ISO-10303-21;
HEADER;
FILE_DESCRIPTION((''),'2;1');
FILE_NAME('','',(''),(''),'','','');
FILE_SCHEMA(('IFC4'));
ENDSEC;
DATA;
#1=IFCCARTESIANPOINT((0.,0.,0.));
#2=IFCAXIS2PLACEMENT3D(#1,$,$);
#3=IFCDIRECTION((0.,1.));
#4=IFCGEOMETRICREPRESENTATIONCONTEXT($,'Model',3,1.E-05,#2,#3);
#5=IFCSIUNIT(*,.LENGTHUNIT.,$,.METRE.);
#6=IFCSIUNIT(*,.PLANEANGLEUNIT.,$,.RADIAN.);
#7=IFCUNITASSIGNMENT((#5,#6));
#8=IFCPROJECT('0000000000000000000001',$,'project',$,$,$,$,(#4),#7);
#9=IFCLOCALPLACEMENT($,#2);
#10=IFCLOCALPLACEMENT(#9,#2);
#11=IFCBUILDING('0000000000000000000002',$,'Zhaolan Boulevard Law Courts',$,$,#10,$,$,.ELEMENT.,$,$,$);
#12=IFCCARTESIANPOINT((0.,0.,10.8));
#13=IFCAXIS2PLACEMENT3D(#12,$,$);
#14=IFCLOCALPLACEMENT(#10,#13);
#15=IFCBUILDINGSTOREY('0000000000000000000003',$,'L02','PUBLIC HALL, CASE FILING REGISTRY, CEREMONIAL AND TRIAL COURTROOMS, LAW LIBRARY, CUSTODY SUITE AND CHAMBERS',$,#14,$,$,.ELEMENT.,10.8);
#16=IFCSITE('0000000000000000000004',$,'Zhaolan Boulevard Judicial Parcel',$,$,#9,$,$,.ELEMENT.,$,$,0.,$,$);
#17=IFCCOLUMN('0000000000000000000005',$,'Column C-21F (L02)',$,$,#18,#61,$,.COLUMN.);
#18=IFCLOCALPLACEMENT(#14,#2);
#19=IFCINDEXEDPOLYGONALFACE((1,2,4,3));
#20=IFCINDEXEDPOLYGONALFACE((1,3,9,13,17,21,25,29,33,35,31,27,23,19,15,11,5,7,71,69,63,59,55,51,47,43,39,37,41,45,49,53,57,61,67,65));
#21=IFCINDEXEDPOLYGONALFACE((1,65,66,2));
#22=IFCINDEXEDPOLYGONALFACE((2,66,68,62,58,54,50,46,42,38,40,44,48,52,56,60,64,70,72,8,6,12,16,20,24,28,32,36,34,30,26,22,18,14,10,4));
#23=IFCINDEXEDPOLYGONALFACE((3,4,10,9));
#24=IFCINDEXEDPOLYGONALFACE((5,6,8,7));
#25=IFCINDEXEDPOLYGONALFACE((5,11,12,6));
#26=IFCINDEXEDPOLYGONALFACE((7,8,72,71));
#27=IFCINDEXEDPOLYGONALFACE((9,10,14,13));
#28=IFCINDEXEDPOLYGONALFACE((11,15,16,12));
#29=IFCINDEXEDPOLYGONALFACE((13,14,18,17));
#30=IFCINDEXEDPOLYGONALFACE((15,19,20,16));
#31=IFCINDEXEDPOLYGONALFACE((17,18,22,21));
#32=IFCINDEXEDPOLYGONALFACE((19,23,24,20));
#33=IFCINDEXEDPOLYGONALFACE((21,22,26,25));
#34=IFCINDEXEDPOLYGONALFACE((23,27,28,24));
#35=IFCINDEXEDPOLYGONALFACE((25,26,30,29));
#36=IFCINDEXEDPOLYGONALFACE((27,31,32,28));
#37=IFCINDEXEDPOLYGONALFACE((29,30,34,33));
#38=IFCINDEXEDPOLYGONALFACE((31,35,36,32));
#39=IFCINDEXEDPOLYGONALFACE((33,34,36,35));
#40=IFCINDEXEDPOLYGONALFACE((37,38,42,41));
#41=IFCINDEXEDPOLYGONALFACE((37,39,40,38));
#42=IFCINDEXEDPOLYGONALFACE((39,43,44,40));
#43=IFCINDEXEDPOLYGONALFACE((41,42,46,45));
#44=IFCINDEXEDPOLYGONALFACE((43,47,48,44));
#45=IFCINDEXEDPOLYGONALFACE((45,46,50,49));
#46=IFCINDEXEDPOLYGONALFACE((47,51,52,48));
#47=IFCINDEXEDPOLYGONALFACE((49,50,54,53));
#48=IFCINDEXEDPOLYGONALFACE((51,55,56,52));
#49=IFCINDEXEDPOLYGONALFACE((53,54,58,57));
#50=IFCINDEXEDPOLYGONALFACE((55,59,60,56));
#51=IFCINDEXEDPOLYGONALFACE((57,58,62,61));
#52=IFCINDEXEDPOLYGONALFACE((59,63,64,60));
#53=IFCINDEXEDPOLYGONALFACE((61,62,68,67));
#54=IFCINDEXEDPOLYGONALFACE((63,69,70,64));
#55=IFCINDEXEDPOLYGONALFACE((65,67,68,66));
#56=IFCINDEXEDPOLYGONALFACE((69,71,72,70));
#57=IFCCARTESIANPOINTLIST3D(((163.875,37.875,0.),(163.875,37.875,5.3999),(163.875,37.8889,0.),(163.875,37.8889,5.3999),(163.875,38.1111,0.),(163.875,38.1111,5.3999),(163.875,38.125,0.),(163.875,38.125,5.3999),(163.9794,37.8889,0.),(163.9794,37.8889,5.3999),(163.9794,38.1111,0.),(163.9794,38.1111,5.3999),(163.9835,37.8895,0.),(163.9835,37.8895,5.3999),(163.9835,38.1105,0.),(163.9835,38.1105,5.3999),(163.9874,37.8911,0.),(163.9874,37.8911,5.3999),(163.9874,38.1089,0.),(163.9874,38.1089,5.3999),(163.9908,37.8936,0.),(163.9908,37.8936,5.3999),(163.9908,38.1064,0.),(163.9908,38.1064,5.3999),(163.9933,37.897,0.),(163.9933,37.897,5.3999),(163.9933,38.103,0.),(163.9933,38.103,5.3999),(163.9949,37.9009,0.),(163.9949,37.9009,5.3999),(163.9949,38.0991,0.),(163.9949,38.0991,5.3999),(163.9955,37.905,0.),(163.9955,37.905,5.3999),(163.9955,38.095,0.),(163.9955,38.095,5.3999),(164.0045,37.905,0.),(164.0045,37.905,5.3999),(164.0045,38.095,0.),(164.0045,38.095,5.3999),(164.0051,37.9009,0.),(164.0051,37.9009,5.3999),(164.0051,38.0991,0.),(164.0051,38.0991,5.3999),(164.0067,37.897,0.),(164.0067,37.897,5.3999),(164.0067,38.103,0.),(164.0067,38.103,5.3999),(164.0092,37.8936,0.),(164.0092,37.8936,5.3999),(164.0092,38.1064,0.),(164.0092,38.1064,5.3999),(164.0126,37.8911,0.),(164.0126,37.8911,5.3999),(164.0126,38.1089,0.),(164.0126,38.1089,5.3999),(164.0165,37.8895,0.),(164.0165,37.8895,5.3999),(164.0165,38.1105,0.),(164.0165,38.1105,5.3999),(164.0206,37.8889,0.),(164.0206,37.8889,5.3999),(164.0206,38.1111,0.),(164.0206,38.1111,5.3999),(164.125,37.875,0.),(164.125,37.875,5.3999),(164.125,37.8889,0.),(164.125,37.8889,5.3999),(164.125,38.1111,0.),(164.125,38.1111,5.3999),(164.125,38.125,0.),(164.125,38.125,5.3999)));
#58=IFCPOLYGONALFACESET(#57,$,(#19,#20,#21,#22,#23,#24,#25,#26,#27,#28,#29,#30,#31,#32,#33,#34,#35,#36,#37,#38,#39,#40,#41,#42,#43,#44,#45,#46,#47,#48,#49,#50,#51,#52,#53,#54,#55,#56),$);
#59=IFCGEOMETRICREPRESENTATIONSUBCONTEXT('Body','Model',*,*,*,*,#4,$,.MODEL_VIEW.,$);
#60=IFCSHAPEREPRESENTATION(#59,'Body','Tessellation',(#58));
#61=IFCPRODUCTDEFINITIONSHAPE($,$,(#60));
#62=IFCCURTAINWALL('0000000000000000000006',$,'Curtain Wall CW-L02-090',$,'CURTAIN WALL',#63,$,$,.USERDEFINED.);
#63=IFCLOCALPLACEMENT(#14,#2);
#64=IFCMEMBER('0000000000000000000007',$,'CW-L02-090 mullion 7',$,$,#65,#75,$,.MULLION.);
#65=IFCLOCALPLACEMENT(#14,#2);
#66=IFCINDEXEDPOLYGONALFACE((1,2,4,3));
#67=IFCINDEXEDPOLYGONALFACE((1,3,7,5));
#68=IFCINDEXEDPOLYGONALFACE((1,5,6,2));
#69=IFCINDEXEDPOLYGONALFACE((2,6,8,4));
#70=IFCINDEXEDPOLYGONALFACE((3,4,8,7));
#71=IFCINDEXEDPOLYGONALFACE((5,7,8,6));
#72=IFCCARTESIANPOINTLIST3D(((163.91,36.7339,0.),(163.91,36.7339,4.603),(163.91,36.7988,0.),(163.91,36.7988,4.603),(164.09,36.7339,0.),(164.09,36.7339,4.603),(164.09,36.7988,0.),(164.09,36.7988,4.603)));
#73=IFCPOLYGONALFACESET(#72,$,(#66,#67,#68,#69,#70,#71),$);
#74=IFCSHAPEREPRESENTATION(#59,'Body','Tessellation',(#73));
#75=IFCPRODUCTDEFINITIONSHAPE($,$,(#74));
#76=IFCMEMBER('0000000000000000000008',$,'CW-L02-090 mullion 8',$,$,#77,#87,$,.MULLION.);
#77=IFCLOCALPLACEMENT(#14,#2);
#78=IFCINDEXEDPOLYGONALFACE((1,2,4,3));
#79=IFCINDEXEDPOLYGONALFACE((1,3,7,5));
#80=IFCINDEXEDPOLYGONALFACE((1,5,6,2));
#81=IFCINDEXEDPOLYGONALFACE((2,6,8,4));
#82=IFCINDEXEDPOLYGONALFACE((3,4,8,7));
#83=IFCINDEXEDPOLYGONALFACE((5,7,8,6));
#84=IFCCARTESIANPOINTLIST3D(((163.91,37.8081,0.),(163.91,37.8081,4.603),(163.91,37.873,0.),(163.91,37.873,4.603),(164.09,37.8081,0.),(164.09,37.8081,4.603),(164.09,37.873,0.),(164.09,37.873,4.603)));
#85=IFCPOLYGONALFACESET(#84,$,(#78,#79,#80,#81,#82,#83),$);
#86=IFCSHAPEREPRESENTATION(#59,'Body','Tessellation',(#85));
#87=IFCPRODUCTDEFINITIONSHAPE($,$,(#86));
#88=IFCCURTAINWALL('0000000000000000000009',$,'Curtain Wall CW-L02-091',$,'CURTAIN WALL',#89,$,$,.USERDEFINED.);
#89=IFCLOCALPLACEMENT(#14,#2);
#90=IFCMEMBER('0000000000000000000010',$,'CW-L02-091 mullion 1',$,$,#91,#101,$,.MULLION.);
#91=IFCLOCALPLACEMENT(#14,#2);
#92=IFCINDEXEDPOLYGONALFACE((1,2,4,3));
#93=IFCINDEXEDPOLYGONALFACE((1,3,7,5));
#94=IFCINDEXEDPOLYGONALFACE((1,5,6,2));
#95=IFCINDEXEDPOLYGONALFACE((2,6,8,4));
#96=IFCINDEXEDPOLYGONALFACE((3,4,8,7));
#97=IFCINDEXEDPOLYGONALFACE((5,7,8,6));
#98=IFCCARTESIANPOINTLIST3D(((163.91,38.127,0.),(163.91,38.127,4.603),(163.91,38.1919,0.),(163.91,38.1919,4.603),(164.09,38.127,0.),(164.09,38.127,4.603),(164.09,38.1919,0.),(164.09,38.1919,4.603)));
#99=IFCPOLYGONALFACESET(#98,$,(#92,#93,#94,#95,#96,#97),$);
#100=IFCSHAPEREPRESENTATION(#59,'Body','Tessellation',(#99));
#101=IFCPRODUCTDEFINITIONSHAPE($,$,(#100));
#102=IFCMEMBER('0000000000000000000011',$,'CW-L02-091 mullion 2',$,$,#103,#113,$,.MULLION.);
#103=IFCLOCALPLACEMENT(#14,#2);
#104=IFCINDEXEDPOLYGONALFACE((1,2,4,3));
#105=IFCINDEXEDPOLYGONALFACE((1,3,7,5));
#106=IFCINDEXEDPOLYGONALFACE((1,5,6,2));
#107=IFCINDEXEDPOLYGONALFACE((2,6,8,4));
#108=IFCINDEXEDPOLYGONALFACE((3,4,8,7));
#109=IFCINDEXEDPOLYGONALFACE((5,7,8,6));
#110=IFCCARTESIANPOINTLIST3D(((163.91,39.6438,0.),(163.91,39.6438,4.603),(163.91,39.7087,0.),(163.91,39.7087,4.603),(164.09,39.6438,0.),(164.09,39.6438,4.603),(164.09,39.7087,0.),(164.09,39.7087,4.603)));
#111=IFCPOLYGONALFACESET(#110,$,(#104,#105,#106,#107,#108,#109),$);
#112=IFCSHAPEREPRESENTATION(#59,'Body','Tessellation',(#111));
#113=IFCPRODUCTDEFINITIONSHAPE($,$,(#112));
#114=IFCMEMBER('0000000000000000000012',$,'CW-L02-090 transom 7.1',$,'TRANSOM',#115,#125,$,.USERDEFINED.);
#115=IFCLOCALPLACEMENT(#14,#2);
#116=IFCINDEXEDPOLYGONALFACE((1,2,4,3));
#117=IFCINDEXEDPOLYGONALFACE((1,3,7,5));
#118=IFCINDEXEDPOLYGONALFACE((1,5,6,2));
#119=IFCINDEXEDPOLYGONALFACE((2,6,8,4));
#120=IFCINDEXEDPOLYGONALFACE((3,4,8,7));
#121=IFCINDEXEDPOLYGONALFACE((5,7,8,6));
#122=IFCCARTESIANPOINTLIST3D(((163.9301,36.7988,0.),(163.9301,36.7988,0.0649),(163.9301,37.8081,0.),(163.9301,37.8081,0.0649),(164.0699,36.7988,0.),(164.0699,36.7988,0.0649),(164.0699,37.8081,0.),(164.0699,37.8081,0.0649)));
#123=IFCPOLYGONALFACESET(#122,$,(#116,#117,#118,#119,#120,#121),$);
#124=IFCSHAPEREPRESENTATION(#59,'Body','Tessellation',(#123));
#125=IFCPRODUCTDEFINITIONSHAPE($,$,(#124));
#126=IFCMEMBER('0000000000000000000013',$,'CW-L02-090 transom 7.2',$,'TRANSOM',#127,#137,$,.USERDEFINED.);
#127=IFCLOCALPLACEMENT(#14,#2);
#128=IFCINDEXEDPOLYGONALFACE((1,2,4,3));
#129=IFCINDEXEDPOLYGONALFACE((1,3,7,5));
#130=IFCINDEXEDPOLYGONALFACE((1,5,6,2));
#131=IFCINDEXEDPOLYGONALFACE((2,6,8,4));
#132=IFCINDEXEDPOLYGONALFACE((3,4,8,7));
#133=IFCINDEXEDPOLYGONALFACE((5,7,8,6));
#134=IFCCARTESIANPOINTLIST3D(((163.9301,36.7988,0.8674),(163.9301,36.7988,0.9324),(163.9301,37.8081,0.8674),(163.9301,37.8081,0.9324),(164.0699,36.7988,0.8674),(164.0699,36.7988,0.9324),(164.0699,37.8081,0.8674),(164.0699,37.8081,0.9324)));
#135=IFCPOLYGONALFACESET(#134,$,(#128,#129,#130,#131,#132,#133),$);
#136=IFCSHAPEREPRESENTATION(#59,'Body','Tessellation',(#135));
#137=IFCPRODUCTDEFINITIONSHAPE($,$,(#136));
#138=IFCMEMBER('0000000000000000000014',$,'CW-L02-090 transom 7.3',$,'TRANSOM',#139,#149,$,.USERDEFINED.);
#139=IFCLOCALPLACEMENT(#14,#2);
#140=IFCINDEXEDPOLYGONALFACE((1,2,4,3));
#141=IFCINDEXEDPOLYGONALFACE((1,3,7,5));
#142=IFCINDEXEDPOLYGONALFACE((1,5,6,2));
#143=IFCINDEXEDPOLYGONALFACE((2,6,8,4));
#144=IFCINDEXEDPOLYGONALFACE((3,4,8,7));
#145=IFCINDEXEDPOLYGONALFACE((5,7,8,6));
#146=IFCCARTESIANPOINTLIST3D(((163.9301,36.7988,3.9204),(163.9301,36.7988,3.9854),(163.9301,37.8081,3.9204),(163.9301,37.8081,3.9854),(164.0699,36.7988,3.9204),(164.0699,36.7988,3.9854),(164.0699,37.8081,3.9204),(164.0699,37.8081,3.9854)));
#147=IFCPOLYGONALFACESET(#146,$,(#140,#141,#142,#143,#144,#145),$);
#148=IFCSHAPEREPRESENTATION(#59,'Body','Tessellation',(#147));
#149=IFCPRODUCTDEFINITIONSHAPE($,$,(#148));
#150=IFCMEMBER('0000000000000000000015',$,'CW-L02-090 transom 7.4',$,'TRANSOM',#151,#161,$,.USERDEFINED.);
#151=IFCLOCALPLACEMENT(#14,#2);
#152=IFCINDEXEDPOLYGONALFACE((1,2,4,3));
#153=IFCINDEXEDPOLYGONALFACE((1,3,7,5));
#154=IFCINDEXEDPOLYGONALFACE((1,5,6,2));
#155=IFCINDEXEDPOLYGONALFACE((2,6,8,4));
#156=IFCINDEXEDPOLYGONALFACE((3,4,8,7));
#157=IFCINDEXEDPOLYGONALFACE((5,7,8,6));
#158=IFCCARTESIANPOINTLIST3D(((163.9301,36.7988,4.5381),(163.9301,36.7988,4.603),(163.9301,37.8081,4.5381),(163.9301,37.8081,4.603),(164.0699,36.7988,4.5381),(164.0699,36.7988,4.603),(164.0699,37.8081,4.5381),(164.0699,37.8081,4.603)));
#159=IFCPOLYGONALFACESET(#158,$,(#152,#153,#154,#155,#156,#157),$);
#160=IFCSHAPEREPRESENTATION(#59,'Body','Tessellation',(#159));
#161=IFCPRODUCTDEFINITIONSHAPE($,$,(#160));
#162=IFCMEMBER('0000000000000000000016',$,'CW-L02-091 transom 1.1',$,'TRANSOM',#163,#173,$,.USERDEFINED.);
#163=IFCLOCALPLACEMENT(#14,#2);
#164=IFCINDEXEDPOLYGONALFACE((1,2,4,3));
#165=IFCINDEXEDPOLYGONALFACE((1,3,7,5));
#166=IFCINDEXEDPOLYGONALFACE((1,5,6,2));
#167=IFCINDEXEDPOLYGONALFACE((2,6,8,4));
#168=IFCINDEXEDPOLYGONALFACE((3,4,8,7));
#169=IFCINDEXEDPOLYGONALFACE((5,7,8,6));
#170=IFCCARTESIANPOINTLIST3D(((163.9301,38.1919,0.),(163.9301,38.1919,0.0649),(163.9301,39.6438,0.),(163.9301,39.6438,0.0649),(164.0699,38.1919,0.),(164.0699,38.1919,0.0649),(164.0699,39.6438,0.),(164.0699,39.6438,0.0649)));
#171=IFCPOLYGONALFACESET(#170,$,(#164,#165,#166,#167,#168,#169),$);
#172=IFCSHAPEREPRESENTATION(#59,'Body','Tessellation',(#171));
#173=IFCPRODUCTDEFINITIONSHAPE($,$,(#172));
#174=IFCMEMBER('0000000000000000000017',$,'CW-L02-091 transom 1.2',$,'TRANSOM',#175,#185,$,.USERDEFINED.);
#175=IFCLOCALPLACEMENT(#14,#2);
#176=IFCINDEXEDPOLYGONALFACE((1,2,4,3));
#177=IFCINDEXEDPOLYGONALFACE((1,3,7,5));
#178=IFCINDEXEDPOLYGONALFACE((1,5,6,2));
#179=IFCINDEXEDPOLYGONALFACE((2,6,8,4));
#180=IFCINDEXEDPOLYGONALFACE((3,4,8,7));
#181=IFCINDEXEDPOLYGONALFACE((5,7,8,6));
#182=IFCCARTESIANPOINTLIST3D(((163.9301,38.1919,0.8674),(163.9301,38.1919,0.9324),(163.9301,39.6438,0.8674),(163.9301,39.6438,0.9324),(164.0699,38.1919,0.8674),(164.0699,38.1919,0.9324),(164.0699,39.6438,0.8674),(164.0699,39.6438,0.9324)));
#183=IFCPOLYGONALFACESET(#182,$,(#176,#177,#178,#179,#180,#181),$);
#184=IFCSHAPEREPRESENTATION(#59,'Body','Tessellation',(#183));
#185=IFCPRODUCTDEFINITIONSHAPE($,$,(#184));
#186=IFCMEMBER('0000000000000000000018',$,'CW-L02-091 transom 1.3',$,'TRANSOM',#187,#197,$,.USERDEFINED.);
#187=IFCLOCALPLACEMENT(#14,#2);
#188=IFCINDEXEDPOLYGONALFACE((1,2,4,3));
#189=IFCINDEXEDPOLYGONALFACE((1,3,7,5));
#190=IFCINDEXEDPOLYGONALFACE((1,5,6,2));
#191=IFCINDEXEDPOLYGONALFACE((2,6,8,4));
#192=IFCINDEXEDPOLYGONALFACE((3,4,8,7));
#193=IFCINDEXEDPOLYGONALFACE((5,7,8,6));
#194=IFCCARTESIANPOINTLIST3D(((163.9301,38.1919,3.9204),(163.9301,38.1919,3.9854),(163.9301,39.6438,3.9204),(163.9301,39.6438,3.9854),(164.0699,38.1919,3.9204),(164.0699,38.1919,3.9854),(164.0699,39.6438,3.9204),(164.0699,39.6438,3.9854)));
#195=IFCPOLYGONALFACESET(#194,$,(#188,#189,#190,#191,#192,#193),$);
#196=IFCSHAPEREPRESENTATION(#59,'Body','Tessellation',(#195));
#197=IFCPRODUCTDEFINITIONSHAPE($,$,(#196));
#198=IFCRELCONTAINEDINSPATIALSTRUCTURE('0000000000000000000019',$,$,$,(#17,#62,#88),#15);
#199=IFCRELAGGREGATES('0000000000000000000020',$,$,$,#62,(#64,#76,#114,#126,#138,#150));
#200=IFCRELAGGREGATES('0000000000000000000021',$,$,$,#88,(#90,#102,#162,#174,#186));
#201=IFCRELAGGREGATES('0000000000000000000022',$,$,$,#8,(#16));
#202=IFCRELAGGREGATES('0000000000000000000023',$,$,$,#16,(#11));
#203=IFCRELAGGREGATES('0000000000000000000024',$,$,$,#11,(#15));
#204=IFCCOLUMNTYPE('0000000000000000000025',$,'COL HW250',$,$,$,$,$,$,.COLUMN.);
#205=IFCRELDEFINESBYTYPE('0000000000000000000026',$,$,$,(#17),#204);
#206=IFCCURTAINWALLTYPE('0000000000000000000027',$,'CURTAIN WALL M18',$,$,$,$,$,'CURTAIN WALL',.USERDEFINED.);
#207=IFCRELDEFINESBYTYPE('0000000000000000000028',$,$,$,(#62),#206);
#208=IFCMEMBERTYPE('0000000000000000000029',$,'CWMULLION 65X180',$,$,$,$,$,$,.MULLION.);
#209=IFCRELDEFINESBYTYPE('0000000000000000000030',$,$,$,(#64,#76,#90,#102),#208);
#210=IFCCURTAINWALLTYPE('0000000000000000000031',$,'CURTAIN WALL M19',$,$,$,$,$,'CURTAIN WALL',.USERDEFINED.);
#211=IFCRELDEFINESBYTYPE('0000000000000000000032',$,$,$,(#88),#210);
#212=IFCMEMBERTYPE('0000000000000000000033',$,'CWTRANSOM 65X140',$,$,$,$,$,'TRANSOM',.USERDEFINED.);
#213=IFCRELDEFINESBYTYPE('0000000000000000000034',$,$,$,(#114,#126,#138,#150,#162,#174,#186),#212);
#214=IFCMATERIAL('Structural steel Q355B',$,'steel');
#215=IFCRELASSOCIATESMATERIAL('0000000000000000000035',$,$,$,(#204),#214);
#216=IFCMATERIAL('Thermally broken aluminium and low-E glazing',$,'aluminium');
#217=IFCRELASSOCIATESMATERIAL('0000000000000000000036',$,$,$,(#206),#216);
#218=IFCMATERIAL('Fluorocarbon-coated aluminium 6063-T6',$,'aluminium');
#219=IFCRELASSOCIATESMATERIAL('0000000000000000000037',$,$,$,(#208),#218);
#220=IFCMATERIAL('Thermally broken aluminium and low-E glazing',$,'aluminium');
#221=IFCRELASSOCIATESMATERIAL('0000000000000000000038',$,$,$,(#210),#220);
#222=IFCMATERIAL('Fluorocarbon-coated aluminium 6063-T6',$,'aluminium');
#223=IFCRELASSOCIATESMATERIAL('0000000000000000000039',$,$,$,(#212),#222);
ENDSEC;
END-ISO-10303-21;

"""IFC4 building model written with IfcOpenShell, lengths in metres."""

from ifc_helpers import new_model, si_unit, direction, frame, origin, origin_2d, place, context, subcontext, project, spatial, rectangle, i_section, extrude, material, material_profile, profile_set, type_object, element, aggregate, save


model = new_model("IFC4")

# Units and contexts
model_context = context("Model", 3, precision=1e-05, world=origin(), true_north=direction((0.0, 1.0)))
body_context = subcontext(model_context, "Body", "Model", "MODEL_VIEW")
ifc_project = project(units=[si_unit("LENGTHUNIT", "METRE"), si_unit("PLANEANGLEUNIT", "RADIAN")], contexts=[model_context])

# Site, building, storey
site_placement = place(None, origin())
site = spatial("IfcSite", under=ifc_project, at=site_placement, Name="Zhaolan Boulevard Judicial Parcel", CompositionType="ELEMENT", RefElevation=0.0)
building_placement = place(site_placement, origin())
building = spatial("IfcBuilding", under=site, at=building_placement, Name="Zhaolan Boulevard Law Courts", CompositionType="ELEMENT")
storey_placement = place(building_placement, frame((0.0, 0.0, 10.8)))
storey = spatial("IfcBuildingStorey", under=building, at=storey_placement, Name="L02", Description="PUBLIC HALL, CASE FILING REGISTRY, CEREMONIAL AND TRIAL COURTROOMS, LAW LIBRARY, CUSTODY SUITE AND CHAMBERS", CompositionType="ELEMENT", Elevation=10.8)

# Column
ifc_material_1 = material(Name="Structural steel Q355B", Category="steel")
ifc_material_profile_1 = material_profile(ifc_material_1, i_section(OverallWidth=0.25, OverallDepth=0.25, WebThickness=0.009, FlangeThickness=0.0139, FilletRadius=0.0161, at=origin_2d()), Name="HW250x250")
ifc_profile_set_1 = profile_set([ifc_material_profile_1], Name="Structural steel Q355B")
column_type = type_object("IfcColumnType", Name="COL HW250", PredefinedType="COLUMN", material=ifc_profile_set_1)
column_placement = place(storey_placement, frame((164.0, 38.0, 0.0), z_axis=(0.0, 0.0, 1.0), x_axis=(1.0, 0.0, 0.0)))
element("IfcColumn", 1, at=column_placement, inside=storey, type_object=column_type, Name="Column C-21F (L02)", PredefinedType="COLUMN", context=body_context, shape_type="SweptSolid", body=[
    extrude(i_section(OverallWidth=0.25, OverallDepth=0.25, WebThickness=0.009, FlangeThickness=0.0139, FilletRadius=0.0161, at=origin_2d()), origin(), (0.0, 0.0, 1.0), 5.3999),
])

# Curtain walls, members
ifc_material_2 = material(Name="Thermally broken aluminium and low-E glazing", Category="aluminium")
curtain_wall_type_1 = type_object("IfcCurtainWallType", Name="CURTAIN WALL M18", ElementType="CURTAIN WALL", PredefinedType="USERDEFINED", material=ifc_material_2)
curtain_wall_1_placement = place(storey_placement, origin())
curtain_wall_1 = element("IfcCurtainWall", 2, at=curtain_wall_1_placement, inside=storey, type_object=curtain_wall_type_1, Name="Curtain Wall CW-L02-090", ObjectType="CURTAIN WALL", PredefinedType="USERDEFINED")
ifc_material_3 = material(Name="Fluorocarbon-coated aluminium 6063-T6", Category="aluminium")
ifc_material_profile_2 = material_profile(ifc_material_3, rectangle(XDim=0.1799, YDim=0.0649, at=origin_2d()), Name="AL65x180")
ifc_profile_set_2 = profile_set([ifc_material_profile_2], Name="Fluorocarbon-coated aluminium 6063-T6")
member_type_1 = type_object("IfcMemberType", Name="CWMULLION 65X180", PredefinedType="MULLION", material=ifc_profile_set_2)
member_1_placement = place(storey_placement, frame((164.0, 36.7664, 0.0), z_axis=(0.0, 0.0, 1.0), x_axis=(-1.0, 0.0, 0.0)))
member_1 = element("IfcMember", 3, at=member_1_placement, type_object=member_type_1, Name="CW-L02-090 mullion 7", PredefinedType="MULLION", context=body_context, shape_type="SweptSolid", body=[
    extrude(rectangle(XDim=0.1799, YDim=0.0649, at=origin_2d()), origin(), (0.0, 0.0, 1.0), 4.603),
])
member_2_placement = place(storey_placement, frame((164.0, 37.8406, 0.0), z_axis=(0.0, 0.0, 1.0), x_axis=(-1.0, 0.0, 0.0)))
member_2 = element("IfcMember", 4, at=member_2_placement, type_object=member_type_1, Name="CW-L02-090 mullion 8", PredefinedType="MULLION", context=body_context, shape_type="SweptSolid", body=[
    extrude(rectangle(XDim=0.1799, YDim=0.0649, at=origin_2d()), origin(), (0.0, 0.0, 1.0), 4.603),
])
ifc_material_4 = material(Name="Thermally broken aluminium and low-E glazing", Category="aluminium")
curtain_wall_type_2 = type_object("IfcCurtainWallType", Name="CURTAIN WALL M19", ElementType="CURTAIN WALL", PredefinedType="USERDEFINED", material=ifc_material_4)
curtain_wall_2_placement = place(storey_placement, origin())
curtain_wall_2 = element("IfcCurtainWall", 5, at=curtain_wall_2_placement, inside=storey, type_object=curtain_wall_type_2, Name="Curtain Wall CW-L02-091", ObjectType="CURTAIN WALL", PredefinedType="USERDEFINED")
member_3_placement = place(storey_placement, frame((164.0, 38.1594, 0.0), z_axis=(0.0, 0.0, 1.0), x_axis=(-1.0, 0.0, 0.0)))
member_3 = element("IfcMember", 6, at=member_3_placement, type_object=member_type_1, Name="CW-L02-091 mullion 1", PredefinedType="MULLION", context=body_context, shape_type="SweptSolid", body=[
    extrude(rectangle(XDim=0.1799, YDim=0.0649, at=origin_2d()), origin(), (0.0, 0.0, 1.0), 4.603),
])
member_4_placement = place(storey_placement, frame((164.0, 39.6763, 0.0), z_axis=(0.0, 0.0, 1.0), x_axis=(-1.0, 0.0, 0.0)))
member_4 = element("IfcMember", 7, at=member_4_placement, type_object=member_type_1, Name="CW-L02-091 mullion 2", PredefinedType="MULLION", context=body_context, shape_type="SweptSolid", body=[
    extrude(rectangle(XDim=0.1799, YDim=0.0649, at=origin_2d()), origin(), (0.0, 0.0, 1.0), 4.603),
])

# Members
ifc_material_5 = material(Name="Fluorocarbon-coated aluminium 6063-T6", Category="aluminium")
ifc_material_profile_3 = material_profile(ifc_material_5, rectangle(XDim=0.1399, YDim=0.0649, at=origin_2d()), Name="AL65x140")
ifc_profile_set_3 = profile_set([ifc_material_profile_3], Name="Fluorocarbon-coated aluminium 6063-T6")
member_type_2 = type_object("IfcMemberType", Name="CWTRANSOM 65X140", ElementType="TRANSOM", PredefinedType="USERDEFINED", material=ifc_profile_set_3)
member_5_placement = place(storey_placement, frame((164.0, 36.7988, 0.0325), z_axis=(0.0, 1.0, 0.0), x_axis=(-1.0, 0.0, 0.0)))
member_5 = element("IfcMember", 8, at=member_5_placement, type_object=member_type_2, Name="CW-L02-090 transom 7.1", ObjectType="TRANSOM", PredefinedType="USERDEFINED", context=body_context, shape_type="SweptSolid", body=[
    extrude(rectangle(XDim=0.1399, YDim=0.0649, at=origin_2d()), origin(), (0.0, 0.0, 1.0), 1.0093),
])
member_6_placement = place(storey_placement, frame((164.0, 36.7988, 0.8999), z_axis=(0.0, 1.0, 0.0), x_axis=(-1.0, 0.0, 0.0)))
member_6 = element("IfcMember", 9, at=member_6_placement, type_object=member_type_2, Name="CW-L02-090 transom 7.2", ObjectType="TRANSOM", PredefinedType="USERDEFINED", context=body_context, shape_type="SweptSolid", body=[
    extrude(rectangle(XDim=0.1399, YDim=0.0649, at=origin_2d()), origin(), (0.0, 0.0, 1.0), 1.0093),
])
member_7_placement = place(storey_placement, frame((164.0, 36.7988, 3.9529), z_axis=(0.0, 1.0, 0.0), x_axis=(-1.0, 0.0, 0.0)))
member_7 = element("IfcMember", 10, at=member_7_placement, type_object=member_type_2, Name="CW-L02-090 transom 7.3", ObjectType="TRANSOM", PredefinedType="USERDEFINED", context=body_context, shape_type="SweptSolid", body=[
    extrude(rectangle(XDim=0.1399, YDim=0.0649, at=origin_2d()), origin(), (0.0, 0.0, 1.0), 1.0093),
])
member_8_placement = place(storey_placement, frame((164.0, 36.7988, 4.5706), z_axis=(0.0, 1.0, 0.0), x_axis=(-1.0, 0.0, 0.0)))
member_8 = element("IfcMember", 11, at=member_8_placement, type_object=member_type_2, Name="CW-L02-090 transom 7.4", ObjectType="TRANSOM", PredefinedType="USERDEFINED", context=body_context, shape_type="SweptSolid", body=[
    extrude(rectangle(XDim=0.1399, YDim=0.0649, at=origin_2d()), origin(), (0.0, 0.0, 1.0), 1.0093),
])
member_9_placement = place(storey_placement, frame((164.0, 38.1919, 0.0325), z_axis=(0.0, 1.0, 0.0), x_axis=(-1.0, 0.0, 0.0)))
member_9 = element("IfcMember", 12, at=member_9_placement, type_object=member_type_2, Name="CW-L02-091 transom 1.1", ObjectType="TRANSOM", PredefinedType="USERDEFINED", context=body_context, shape_type="SweptSolid", body=[
    extrude(rectangle(XDim=0.1399, YDim=0.0649, at=origin_2d()), origin(), (0.0, 0.0, 1.0), 1.4519),
])
member_10_placement = place(storey_placement, frame((164.0, 38.1919, 0.8999), z_axis=(0.0, 1.0, 0.0), x_axis=(-1.0, 0.0, 0.0)))
member_10 = element("IfcMember", 13, at=member_10_placement, type_object=member_type_2, Name="CW-L02-091 transom 1.2", ObjectType="TRANSOM", PredefinedType="USERDEFINED", context=body_context, shape_type="SweptSolid", body=[
    extrude(rectangle(XDim=0.1399, YDim=0.0649, at=origin_2d()), origin(), (0.0, 0.0, 1.0), 1.4519),
])
member_11_placement = place(storey_placement, frame((164.0, 38.1919, 3.9529), z_axis=(0.0, 1.0, 0.0), x_axis=(-1.0, 0.0, 0.0)))
member_11 = element("IfcMember", 14, at=member_11_placement, type_object=member_type_2, Name="CW-L02-091 transom 1.3", ObjectType="TRANSOM", PredefinedType="USERDEFINED", context=body_context, shape_type="SweptSolid", body=[
    extrude(rectangle(XDim=0.1399, YDim=0.0649, at=origin_2d()), origin(), (0.0, 0.0, 1.0), 1.4519),
])

aggregate(curtain_wall_1, [member_1, member_2, member_5, member_6, member_7, member_8])
aggregate(curtain_wall_2, [member_3, member_4, member_9, member_10, member_11])

save(model, "model.ifc")
